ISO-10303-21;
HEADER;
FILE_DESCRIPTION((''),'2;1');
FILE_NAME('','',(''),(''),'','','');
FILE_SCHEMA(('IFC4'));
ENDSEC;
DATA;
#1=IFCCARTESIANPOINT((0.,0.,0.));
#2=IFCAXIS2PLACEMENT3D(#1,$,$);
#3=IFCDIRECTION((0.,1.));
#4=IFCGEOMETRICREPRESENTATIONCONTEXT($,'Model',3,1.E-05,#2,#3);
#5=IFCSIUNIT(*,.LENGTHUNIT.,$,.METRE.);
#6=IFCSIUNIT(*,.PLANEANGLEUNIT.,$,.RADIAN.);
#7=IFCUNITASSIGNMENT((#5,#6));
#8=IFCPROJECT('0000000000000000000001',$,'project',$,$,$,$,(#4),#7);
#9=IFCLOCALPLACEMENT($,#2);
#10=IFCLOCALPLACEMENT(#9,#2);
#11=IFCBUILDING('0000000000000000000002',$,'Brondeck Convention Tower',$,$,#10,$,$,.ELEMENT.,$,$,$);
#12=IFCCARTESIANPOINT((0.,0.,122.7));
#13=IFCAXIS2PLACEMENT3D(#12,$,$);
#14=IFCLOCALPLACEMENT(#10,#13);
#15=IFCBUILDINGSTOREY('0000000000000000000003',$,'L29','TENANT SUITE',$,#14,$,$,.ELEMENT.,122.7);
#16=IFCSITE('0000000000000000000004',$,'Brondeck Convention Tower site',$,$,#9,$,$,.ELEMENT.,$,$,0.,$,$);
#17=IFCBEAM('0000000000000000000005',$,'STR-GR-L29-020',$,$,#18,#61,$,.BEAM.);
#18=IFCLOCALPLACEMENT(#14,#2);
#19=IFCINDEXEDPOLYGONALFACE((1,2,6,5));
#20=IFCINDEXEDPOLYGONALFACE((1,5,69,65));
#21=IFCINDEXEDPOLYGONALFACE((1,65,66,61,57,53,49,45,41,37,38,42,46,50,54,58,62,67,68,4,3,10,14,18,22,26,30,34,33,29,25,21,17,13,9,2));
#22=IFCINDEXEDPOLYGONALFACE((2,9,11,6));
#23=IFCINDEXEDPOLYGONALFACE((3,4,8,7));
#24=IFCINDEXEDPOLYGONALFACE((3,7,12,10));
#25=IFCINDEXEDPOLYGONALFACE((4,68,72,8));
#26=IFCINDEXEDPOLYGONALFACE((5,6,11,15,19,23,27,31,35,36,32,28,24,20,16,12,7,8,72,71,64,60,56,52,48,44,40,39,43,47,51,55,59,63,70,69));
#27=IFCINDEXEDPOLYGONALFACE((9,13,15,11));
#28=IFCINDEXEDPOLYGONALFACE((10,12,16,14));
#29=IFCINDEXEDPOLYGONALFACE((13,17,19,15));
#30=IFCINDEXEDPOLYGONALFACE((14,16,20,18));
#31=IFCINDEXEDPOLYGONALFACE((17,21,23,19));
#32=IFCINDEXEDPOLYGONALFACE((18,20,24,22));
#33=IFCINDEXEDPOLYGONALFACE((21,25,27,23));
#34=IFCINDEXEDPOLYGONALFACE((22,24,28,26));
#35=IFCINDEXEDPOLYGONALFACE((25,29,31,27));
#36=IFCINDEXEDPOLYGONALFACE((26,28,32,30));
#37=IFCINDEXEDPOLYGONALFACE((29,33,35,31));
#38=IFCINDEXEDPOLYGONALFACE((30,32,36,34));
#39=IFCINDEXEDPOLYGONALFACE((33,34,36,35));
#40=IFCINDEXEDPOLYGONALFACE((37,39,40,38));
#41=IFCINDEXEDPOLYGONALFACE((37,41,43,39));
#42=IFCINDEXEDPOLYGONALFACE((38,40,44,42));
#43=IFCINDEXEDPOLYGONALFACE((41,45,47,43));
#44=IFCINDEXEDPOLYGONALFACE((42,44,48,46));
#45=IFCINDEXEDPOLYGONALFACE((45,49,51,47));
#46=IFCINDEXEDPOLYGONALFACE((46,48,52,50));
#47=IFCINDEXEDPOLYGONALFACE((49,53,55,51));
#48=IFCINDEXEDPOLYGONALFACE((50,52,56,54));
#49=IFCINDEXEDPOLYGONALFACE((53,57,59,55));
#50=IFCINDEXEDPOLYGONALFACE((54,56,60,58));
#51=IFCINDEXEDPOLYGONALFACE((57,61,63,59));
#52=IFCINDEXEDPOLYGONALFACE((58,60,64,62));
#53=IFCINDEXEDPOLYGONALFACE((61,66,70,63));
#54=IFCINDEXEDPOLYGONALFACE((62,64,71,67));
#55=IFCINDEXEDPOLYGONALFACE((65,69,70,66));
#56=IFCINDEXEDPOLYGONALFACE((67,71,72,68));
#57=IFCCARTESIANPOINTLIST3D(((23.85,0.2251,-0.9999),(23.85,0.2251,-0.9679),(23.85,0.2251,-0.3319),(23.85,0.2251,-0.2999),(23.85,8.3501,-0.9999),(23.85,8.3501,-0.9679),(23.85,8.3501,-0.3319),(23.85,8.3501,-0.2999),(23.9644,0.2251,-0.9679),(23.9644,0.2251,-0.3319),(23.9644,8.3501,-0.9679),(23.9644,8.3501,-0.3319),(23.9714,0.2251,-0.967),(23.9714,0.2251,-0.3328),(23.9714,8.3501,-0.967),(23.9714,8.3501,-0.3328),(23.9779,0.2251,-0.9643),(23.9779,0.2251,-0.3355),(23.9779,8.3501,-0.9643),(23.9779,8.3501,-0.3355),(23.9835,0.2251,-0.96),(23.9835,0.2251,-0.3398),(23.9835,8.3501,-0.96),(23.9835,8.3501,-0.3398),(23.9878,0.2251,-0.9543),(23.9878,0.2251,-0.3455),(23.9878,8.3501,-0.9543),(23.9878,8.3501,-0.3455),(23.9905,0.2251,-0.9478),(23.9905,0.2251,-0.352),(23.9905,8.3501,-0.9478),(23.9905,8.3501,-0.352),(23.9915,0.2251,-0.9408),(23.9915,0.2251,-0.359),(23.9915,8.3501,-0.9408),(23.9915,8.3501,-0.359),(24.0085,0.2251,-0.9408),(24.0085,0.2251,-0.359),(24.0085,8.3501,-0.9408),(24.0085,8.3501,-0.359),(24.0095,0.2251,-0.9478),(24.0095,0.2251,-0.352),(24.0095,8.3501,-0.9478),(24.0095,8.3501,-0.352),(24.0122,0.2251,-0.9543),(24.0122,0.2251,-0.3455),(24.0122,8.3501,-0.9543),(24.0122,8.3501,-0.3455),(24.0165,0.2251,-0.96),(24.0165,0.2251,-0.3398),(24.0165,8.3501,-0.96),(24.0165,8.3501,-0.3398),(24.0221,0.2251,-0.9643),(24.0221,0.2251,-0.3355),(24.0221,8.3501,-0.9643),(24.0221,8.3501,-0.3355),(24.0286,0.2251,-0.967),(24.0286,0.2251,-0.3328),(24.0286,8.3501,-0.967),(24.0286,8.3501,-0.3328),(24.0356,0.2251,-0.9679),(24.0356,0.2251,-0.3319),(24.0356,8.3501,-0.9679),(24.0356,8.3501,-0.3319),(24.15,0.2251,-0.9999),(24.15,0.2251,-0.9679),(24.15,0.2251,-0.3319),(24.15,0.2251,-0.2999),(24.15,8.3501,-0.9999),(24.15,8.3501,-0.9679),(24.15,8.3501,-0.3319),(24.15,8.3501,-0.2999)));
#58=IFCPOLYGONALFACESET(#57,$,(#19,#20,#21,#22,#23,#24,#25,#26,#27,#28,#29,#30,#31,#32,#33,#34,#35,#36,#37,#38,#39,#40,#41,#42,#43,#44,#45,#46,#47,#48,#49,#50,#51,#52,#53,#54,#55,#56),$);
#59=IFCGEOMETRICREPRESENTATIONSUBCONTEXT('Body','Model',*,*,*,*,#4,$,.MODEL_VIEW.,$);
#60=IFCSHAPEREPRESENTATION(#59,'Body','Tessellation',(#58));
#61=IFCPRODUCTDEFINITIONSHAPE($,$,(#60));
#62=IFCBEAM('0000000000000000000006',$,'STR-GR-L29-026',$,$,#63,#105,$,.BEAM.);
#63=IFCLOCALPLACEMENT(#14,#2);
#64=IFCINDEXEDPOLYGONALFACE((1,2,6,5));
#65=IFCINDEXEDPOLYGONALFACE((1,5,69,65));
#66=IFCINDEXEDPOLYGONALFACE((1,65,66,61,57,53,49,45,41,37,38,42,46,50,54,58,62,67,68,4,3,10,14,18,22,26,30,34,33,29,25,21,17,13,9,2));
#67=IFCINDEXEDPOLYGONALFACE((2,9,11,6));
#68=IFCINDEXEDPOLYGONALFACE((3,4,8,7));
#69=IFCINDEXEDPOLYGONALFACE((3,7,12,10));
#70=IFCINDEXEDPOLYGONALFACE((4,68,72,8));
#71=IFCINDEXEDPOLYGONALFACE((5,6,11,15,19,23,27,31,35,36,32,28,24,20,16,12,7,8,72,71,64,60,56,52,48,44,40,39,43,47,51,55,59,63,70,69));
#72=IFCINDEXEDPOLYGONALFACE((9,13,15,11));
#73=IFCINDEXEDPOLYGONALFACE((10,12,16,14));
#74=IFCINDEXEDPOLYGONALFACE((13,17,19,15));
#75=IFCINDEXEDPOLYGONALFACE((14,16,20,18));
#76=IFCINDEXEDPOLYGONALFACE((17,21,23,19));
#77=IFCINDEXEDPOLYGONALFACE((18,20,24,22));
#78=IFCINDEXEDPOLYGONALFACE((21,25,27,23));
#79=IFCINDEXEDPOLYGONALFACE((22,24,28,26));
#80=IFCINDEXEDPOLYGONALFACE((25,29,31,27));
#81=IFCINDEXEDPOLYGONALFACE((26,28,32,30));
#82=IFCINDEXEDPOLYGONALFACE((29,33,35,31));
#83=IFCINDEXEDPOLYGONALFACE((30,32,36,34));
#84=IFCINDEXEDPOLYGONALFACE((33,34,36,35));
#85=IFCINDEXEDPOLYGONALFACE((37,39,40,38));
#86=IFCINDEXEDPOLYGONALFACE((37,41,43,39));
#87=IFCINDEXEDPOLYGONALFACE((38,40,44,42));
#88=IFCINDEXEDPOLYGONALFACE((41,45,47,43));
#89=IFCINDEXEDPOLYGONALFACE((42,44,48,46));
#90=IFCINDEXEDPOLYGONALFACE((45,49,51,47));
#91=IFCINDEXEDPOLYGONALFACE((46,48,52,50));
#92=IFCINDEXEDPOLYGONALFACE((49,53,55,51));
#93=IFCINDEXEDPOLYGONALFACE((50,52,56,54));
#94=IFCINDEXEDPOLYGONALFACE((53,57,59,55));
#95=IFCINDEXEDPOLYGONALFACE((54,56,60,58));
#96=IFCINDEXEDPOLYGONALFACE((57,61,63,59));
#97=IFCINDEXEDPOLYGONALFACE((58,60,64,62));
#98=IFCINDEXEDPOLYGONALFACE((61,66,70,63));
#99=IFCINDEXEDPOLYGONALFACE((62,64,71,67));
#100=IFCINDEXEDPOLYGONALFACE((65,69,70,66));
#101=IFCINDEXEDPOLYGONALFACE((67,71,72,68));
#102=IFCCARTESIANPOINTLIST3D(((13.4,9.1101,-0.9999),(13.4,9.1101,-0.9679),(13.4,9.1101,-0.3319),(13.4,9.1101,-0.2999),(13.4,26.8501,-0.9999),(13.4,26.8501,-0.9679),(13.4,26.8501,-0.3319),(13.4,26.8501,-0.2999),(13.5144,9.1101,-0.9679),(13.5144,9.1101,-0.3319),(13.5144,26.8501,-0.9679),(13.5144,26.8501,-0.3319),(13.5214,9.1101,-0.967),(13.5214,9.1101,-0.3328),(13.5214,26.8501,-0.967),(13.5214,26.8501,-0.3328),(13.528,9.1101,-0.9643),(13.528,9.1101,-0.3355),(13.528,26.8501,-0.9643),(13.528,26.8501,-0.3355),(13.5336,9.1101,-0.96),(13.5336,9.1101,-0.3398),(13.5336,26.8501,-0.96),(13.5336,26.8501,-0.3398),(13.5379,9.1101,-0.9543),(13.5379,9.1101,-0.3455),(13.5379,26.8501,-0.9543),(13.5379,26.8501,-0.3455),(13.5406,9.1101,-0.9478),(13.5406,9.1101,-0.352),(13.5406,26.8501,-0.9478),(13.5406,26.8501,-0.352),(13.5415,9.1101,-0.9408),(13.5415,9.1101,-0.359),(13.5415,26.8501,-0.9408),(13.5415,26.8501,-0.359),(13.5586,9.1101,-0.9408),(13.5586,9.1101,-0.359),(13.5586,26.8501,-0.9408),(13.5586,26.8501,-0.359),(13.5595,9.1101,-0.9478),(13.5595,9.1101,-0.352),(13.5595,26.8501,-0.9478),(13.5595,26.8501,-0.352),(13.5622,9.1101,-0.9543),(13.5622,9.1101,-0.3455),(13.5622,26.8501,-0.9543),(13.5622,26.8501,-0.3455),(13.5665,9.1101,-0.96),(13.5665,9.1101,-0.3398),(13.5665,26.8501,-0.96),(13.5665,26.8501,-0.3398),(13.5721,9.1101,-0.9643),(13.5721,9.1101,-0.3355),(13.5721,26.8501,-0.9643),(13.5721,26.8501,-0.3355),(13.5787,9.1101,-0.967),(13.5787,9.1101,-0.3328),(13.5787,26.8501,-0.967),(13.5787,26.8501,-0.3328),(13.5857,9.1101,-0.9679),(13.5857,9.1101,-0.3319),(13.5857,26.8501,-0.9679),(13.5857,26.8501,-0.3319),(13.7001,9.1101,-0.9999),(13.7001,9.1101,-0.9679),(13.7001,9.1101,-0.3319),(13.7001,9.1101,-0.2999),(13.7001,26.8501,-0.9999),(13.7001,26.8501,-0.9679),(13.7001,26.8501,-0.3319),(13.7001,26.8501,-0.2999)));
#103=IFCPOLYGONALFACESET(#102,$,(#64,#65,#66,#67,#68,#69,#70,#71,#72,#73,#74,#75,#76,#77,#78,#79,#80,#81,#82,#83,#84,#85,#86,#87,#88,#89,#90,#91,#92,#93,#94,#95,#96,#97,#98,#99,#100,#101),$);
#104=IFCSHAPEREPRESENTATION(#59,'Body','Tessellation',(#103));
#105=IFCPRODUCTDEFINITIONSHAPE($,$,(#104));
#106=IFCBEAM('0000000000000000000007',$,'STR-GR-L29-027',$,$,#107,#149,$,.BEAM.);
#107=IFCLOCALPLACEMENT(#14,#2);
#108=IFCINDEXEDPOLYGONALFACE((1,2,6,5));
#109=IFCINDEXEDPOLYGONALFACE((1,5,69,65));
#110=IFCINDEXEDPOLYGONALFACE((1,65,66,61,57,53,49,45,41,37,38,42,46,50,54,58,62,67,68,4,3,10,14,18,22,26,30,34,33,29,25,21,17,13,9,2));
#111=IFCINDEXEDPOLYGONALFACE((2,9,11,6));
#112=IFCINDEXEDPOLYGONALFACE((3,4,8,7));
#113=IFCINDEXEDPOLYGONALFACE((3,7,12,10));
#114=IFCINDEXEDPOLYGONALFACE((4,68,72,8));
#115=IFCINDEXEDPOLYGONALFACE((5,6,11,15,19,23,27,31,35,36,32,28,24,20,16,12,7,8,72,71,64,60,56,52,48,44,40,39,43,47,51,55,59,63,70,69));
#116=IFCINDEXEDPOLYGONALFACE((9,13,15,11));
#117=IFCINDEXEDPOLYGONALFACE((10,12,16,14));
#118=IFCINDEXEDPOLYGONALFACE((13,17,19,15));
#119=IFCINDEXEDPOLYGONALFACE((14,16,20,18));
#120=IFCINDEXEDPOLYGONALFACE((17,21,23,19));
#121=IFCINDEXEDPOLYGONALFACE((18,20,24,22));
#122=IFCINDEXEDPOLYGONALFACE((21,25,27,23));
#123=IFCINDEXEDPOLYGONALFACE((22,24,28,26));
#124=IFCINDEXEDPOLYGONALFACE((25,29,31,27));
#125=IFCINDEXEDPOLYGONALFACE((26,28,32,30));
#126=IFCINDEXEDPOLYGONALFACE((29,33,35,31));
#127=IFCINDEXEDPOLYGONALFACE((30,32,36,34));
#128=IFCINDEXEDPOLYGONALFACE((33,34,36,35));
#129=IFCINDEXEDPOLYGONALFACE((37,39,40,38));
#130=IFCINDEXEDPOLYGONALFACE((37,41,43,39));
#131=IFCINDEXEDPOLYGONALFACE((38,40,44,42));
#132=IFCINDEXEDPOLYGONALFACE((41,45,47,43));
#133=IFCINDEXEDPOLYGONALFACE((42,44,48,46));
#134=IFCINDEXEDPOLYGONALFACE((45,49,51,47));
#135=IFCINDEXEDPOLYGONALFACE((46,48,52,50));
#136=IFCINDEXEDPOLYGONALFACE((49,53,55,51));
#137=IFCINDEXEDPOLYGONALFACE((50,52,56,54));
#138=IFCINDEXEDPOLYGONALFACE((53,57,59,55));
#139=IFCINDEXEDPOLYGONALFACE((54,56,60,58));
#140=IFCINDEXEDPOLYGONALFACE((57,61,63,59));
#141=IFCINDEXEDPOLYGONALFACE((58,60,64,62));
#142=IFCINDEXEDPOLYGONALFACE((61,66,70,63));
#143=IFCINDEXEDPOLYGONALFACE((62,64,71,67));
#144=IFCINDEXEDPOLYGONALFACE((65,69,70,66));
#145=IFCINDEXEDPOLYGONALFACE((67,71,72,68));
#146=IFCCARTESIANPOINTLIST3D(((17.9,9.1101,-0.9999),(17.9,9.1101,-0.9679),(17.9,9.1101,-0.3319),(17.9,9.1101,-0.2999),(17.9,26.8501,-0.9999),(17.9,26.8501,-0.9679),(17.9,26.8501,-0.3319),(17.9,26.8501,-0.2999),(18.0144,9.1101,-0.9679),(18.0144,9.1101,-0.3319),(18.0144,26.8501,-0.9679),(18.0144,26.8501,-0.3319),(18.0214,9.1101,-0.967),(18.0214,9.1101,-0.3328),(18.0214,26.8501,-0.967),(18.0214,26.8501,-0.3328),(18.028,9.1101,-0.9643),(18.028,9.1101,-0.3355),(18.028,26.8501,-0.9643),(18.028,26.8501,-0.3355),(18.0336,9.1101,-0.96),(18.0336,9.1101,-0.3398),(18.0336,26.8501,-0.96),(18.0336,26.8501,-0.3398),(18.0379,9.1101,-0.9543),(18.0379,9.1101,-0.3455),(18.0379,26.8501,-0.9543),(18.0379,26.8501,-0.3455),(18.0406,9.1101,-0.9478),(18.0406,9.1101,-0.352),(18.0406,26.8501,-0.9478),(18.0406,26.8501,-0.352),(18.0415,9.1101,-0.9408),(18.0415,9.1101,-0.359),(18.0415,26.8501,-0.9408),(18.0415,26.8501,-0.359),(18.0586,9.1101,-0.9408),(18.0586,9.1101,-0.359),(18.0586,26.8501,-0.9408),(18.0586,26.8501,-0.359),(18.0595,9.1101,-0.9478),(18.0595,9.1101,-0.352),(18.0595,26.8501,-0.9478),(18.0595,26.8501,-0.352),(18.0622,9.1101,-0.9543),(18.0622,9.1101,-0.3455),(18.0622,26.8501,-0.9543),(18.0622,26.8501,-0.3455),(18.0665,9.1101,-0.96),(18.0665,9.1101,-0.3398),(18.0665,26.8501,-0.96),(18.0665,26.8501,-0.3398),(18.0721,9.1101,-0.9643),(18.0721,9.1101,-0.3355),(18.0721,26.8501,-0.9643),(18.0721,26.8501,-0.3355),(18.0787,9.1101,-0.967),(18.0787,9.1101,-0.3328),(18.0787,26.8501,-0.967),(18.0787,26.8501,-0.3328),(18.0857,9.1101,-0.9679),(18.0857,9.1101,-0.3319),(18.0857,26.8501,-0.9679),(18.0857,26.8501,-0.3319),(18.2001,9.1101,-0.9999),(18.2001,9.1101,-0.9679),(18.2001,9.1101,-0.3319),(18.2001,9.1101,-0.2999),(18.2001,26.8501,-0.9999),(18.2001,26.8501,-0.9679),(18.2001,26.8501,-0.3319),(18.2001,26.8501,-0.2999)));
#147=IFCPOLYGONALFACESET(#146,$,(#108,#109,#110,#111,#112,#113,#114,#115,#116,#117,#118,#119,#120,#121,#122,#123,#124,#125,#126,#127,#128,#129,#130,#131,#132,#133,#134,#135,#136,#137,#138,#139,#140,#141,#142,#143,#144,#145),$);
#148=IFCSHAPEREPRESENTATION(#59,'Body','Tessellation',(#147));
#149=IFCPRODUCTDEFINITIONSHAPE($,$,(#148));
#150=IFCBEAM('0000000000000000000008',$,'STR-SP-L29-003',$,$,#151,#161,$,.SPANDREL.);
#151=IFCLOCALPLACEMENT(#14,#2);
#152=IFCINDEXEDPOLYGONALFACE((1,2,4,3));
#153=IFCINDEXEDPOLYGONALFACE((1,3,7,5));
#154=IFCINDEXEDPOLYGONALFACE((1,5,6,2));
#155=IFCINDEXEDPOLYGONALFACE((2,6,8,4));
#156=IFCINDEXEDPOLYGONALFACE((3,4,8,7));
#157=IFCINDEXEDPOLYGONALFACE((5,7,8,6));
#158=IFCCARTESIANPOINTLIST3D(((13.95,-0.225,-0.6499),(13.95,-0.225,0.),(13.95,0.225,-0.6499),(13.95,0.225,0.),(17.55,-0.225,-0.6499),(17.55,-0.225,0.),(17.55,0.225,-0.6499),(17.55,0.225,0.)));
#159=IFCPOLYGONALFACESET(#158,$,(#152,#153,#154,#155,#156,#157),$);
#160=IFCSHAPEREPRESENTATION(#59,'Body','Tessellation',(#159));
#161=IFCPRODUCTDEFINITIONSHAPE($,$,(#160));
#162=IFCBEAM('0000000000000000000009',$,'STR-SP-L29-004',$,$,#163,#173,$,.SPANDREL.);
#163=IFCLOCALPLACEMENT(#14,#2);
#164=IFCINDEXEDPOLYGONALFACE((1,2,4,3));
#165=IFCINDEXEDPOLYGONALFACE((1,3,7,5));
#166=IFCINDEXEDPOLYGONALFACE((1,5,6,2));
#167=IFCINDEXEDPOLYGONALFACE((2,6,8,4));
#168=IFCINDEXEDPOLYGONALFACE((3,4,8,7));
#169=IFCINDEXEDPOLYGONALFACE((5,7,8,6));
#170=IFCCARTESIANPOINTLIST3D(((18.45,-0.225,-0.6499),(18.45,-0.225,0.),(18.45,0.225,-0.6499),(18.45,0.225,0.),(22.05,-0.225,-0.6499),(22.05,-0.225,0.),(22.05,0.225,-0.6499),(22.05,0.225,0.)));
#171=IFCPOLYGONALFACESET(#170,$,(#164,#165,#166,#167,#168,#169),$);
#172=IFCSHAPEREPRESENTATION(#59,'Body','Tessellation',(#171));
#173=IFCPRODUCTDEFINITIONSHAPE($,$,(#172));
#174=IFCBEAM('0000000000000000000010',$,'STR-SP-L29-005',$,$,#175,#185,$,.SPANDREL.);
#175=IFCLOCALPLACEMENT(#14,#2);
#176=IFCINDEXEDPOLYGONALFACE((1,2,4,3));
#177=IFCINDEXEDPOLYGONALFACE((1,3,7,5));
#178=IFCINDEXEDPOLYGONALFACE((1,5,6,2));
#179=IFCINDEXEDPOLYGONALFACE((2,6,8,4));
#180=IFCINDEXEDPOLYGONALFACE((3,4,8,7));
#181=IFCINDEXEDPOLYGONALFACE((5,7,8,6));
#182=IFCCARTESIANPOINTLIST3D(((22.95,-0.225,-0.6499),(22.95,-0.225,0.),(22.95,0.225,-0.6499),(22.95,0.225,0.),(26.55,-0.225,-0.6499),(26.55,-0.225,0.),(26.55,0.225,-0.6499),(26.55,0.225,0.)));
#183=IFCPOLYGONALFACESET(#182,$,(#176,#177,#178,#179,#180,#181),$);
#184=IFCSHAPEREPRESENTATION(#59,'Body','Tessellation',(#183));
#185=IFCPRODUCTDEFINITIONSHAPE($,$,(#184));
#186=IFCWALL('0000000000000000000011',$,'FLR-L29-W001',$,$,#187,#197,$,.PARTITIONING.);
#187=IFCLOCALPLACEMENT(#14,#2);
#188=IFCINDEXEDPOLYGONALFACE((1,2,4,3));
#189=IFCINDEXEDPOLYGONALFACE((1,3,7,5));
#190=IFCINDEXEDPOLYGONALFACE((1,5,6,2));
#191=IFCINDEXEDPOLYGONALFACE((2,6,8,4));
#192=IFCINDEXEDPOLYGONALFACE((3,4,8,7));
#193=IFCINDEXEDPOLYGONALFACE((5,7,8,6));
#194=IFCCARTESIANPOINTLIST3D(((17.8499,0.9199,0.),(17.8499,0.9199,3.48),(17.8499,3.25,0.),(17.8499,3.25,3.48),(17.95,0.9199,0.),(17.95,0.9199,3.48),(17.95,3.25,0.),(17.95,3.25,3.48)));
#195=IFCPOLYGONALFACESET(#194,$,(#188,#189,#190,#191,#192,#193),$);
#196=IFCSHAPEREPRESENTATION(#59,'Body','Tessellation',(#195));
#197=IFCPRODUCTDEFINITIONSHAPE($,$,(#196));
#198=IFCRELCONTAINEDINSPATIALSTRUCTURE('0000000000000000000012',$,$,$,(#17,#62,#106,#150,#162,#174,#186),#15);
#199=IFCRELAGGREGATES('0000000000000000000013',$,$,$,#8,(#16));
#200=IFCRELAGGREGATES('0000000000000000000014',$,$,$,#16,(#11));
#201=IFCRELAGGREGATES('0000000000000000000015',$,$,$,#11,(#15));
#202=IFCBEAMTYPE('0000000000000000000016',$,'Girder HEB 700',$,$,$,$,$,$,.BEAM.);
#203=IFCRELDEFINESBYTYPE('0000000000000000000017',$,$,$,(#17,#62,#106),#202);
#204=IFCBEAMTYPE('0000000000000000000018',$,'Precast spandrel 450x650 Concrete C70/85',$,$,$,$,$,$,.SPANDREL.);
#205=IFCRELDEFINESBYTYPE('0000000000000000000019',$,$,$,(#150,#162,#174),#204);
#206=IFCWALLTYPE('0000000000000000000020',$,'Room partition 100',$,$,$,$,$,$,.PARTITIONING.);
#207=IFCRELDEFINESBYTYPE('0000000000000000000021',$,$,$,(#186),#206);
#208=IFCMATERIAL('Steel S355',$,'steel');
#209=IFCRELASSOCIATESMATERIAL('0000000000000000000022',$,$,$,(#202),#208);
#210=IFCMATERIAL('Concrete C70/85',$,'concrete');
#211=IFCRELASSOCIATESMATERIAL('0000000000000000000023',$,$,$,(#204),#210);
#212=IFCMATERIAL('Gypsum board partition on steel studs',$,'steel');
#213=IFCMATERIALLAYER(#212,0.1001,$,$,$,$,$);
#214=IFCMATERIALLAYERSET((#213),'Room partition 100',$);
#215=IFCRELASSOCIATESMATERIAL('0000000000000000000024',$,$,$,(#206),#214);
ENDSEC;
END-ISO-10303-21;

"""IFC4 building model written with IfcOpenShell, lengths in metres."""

from ifc_helpers import new_model, si_unit, direction, frame, frame_2d, origin, origin_2d, place, context, subcontext, project, spatial, rectangle, i_section, extrude, material, layer, layer_set, material_profile, profile_set, type_object, element, save


model = new_model("IFC4")

# Units and contexts
model_context = context("Model", 3, precision=1e-05, world=origin(), true_north=direction((0.0, 1.0)))
body_context = subcontext(model_context, "Body", "Model", "MODEL_VIEW")
ifc_project = project(units=[si_unit("LENGTHUNIT", "METRE"), si_unit("PLANEANGLEUNIT", "RADIAN")], contexts=[model_context])

# Site, building, storey
site_placement = place(None, origin())
site = spatial("IfcSite", under=ifc_project, at=site_placement, Name="Brondeck Convention Tower site", CompositionType="ELEMENT", RefElevation=0.0)
building_placement = place(site_placement, origin())
building = spatial("IfcBuilding", under=site, at=building_placement, Name="Brondeck Convention Tower", CompositionType="ELEMENT")
storey_placement = place(building_placement, frame((0.0, 0.0, 122.7)))
storey = spatial("IfcBuildingStorey", under=building, at=storey_placement, Name="L29", Description="TENANT SUITE", CompositionType="ELEMENT", Elevation=122.7)

# Shared definitions
ifc_material_1 = material(Name="Concrete C70/85", Category="concrete")

# Beams
ifc_material_2 = material(Name="Steel S355", Category="steel")
ifc_material_profile_1 = material_profile(ifc_material_2, i_section(OverallWidth=0.3, OverallDepth=0.7, WebThickness=0.0171, FlangeThickness=0.032, FilletRadius=0.0271, at=origin_2d()), Name="HEB 700")
ifc_profile_set_1 = profile_set([ifc_material_profile_1], Name="Steel S355")
beam_type_1 = type_object("IfcBeamType", Name="Girder HEB 700", PredefinedType="BEAM", material=ifc_profile_set_1)
for number, where, z_axis, x_axis, name in (
    (1, (24.0, 8.3501, -0.6499), (0.0, -1.0, 0.0), (1.0, 0.0, 0.0), "STR-GR-L29-020"),
):
    element("IfcBeam", number, at=place(storey_placement, frame(where, z_axis=z_axis, x_axis=x_axis)), inside=storey, type_object=beam_type_1, Name=name, PredefinedType="BEAM", context=body_context, shape_type="SweptSolid", body=[
        extrude(i_section(OverallWidth=0.3, OverallDepth=0.7, WebThickness=0.0171, FlangeThickness=0.032, FilletRadius=0.0271, at=origin_2d()), origin(), (0.0, 0.0, 1.0), 8.125),
    ])
for number, where, z_axis, x_axis, name in (
    (2, (13.55, 9.1101, -0.6499), (0.0, 1.0, 0.0), (-1.0, 0.0, 0.0), "STR-GR-L29-026"),
    (3, (18.05, 9.1101, -0.6499), (0.0, 1.0, 0.0), (-1.0, 0.0, 0.0), "STR-GR-L29-027"),
):
    element("IfcBeam", number, at=place(storey_placement, frame(where, z_axis=z_axis, x_axis=x_axis)), inside=storey, type_object=beam_type_1, Name=name, PredefinedType="BEAM", context=body_context, shape_type="SweptSolid", body=[
        extrude(i_section(OverallWidth=0.3, OverallDepth=0.7, WebThickness=0.0171, FlangeThickness=0.032, FilletRadius=0.0271, at=origin_2d()), origin(), (0.0, 0.0, 1.0), 17.74),
    ])
ifc_material_profile_2 = material_profile(ifc_material_1, rectangle(XDim=0.45, YDim=0.6499, at=origin_2d()), Name="Precast spandrel 450x650 Concrete C70/85")
ifc_profile_set_2 = profile_set([ifc_material_profile_2], Name="Concrete C70/85")
beam_type_2 = type_object("IfcBeamType", Name="Precast spandrel 450x650 Concrete C70/85", PredefinedType="SPANDREL", material=ifc_profile_set_2)
for number, where, z_axis, x_axis, name in (
    (4, (13.95, 0.0, -0.325), (1.0, 0.0, 0.0), (0.0, 1.0, 0.0), "STR-SP-L29-003"),
    (5, (18.45, 0.0, -0.325), (1.0, 0.0, 0.0), (0.0, 1.0, 0.0), "STR-SP-L29-004"),
    (6, (22.95, 0.0, -0.325), (1.0, 0.0, 0.0), (0.0, 1.0, 0.0), "STR-SP-L29-005"),
):
    element("IfcBeam", number, at=place(storey_placement, frame(where, z_axis=z_axis, x_axis=x_axis)), inside=storey, type_object=beam_type_2, Name=name, PredefinedType="SPANDREL", context=body_context, shape_type="SweptSolid", body=[
        extrude(rectangle(XDim=0.45, YDim=0.6499, at=origin_2d()), origin(), (0.0, 0.0, 1.0), 3.6001),
    ])

# Wall
ifc_material_3 = material(Name="Gypsum board partition on steel studs", Category="steel")
ifc_layer_1 = layer(ifc_material_3, 0.1001)
ifc_layer_set_1 = layer_set([ifc_layer_1], Name="Room partition 100")
wall_type_1 = type_object("IfcWallType", Name="Room partition 100", PredefinedType="PARTITIONING", material=ifc_layer_set_1)
wall_1_placement = place(storey_placement, frame((17.8999, 0.9199, 0.0), z_axis=(0.0, 0.0, 1.0), x_axis=(0.0, 1.0, 0.0)))
element("IfcWall", 7, at=wall_1_placement, inside=storey, type_object=wall_type_1, Name="FLR-L29-W001", PredefinedType="PARTITIONING", context=body_context, shape_type="SweptSolid", body=[
    extrude(rectangle(XDim=2.3301, YDim=0.1001, at=frame_2d((1.165, 0.0))), origin(), (0.0, 0.0, 1.0), 3.48),
])

save(model, "model.ifc")
